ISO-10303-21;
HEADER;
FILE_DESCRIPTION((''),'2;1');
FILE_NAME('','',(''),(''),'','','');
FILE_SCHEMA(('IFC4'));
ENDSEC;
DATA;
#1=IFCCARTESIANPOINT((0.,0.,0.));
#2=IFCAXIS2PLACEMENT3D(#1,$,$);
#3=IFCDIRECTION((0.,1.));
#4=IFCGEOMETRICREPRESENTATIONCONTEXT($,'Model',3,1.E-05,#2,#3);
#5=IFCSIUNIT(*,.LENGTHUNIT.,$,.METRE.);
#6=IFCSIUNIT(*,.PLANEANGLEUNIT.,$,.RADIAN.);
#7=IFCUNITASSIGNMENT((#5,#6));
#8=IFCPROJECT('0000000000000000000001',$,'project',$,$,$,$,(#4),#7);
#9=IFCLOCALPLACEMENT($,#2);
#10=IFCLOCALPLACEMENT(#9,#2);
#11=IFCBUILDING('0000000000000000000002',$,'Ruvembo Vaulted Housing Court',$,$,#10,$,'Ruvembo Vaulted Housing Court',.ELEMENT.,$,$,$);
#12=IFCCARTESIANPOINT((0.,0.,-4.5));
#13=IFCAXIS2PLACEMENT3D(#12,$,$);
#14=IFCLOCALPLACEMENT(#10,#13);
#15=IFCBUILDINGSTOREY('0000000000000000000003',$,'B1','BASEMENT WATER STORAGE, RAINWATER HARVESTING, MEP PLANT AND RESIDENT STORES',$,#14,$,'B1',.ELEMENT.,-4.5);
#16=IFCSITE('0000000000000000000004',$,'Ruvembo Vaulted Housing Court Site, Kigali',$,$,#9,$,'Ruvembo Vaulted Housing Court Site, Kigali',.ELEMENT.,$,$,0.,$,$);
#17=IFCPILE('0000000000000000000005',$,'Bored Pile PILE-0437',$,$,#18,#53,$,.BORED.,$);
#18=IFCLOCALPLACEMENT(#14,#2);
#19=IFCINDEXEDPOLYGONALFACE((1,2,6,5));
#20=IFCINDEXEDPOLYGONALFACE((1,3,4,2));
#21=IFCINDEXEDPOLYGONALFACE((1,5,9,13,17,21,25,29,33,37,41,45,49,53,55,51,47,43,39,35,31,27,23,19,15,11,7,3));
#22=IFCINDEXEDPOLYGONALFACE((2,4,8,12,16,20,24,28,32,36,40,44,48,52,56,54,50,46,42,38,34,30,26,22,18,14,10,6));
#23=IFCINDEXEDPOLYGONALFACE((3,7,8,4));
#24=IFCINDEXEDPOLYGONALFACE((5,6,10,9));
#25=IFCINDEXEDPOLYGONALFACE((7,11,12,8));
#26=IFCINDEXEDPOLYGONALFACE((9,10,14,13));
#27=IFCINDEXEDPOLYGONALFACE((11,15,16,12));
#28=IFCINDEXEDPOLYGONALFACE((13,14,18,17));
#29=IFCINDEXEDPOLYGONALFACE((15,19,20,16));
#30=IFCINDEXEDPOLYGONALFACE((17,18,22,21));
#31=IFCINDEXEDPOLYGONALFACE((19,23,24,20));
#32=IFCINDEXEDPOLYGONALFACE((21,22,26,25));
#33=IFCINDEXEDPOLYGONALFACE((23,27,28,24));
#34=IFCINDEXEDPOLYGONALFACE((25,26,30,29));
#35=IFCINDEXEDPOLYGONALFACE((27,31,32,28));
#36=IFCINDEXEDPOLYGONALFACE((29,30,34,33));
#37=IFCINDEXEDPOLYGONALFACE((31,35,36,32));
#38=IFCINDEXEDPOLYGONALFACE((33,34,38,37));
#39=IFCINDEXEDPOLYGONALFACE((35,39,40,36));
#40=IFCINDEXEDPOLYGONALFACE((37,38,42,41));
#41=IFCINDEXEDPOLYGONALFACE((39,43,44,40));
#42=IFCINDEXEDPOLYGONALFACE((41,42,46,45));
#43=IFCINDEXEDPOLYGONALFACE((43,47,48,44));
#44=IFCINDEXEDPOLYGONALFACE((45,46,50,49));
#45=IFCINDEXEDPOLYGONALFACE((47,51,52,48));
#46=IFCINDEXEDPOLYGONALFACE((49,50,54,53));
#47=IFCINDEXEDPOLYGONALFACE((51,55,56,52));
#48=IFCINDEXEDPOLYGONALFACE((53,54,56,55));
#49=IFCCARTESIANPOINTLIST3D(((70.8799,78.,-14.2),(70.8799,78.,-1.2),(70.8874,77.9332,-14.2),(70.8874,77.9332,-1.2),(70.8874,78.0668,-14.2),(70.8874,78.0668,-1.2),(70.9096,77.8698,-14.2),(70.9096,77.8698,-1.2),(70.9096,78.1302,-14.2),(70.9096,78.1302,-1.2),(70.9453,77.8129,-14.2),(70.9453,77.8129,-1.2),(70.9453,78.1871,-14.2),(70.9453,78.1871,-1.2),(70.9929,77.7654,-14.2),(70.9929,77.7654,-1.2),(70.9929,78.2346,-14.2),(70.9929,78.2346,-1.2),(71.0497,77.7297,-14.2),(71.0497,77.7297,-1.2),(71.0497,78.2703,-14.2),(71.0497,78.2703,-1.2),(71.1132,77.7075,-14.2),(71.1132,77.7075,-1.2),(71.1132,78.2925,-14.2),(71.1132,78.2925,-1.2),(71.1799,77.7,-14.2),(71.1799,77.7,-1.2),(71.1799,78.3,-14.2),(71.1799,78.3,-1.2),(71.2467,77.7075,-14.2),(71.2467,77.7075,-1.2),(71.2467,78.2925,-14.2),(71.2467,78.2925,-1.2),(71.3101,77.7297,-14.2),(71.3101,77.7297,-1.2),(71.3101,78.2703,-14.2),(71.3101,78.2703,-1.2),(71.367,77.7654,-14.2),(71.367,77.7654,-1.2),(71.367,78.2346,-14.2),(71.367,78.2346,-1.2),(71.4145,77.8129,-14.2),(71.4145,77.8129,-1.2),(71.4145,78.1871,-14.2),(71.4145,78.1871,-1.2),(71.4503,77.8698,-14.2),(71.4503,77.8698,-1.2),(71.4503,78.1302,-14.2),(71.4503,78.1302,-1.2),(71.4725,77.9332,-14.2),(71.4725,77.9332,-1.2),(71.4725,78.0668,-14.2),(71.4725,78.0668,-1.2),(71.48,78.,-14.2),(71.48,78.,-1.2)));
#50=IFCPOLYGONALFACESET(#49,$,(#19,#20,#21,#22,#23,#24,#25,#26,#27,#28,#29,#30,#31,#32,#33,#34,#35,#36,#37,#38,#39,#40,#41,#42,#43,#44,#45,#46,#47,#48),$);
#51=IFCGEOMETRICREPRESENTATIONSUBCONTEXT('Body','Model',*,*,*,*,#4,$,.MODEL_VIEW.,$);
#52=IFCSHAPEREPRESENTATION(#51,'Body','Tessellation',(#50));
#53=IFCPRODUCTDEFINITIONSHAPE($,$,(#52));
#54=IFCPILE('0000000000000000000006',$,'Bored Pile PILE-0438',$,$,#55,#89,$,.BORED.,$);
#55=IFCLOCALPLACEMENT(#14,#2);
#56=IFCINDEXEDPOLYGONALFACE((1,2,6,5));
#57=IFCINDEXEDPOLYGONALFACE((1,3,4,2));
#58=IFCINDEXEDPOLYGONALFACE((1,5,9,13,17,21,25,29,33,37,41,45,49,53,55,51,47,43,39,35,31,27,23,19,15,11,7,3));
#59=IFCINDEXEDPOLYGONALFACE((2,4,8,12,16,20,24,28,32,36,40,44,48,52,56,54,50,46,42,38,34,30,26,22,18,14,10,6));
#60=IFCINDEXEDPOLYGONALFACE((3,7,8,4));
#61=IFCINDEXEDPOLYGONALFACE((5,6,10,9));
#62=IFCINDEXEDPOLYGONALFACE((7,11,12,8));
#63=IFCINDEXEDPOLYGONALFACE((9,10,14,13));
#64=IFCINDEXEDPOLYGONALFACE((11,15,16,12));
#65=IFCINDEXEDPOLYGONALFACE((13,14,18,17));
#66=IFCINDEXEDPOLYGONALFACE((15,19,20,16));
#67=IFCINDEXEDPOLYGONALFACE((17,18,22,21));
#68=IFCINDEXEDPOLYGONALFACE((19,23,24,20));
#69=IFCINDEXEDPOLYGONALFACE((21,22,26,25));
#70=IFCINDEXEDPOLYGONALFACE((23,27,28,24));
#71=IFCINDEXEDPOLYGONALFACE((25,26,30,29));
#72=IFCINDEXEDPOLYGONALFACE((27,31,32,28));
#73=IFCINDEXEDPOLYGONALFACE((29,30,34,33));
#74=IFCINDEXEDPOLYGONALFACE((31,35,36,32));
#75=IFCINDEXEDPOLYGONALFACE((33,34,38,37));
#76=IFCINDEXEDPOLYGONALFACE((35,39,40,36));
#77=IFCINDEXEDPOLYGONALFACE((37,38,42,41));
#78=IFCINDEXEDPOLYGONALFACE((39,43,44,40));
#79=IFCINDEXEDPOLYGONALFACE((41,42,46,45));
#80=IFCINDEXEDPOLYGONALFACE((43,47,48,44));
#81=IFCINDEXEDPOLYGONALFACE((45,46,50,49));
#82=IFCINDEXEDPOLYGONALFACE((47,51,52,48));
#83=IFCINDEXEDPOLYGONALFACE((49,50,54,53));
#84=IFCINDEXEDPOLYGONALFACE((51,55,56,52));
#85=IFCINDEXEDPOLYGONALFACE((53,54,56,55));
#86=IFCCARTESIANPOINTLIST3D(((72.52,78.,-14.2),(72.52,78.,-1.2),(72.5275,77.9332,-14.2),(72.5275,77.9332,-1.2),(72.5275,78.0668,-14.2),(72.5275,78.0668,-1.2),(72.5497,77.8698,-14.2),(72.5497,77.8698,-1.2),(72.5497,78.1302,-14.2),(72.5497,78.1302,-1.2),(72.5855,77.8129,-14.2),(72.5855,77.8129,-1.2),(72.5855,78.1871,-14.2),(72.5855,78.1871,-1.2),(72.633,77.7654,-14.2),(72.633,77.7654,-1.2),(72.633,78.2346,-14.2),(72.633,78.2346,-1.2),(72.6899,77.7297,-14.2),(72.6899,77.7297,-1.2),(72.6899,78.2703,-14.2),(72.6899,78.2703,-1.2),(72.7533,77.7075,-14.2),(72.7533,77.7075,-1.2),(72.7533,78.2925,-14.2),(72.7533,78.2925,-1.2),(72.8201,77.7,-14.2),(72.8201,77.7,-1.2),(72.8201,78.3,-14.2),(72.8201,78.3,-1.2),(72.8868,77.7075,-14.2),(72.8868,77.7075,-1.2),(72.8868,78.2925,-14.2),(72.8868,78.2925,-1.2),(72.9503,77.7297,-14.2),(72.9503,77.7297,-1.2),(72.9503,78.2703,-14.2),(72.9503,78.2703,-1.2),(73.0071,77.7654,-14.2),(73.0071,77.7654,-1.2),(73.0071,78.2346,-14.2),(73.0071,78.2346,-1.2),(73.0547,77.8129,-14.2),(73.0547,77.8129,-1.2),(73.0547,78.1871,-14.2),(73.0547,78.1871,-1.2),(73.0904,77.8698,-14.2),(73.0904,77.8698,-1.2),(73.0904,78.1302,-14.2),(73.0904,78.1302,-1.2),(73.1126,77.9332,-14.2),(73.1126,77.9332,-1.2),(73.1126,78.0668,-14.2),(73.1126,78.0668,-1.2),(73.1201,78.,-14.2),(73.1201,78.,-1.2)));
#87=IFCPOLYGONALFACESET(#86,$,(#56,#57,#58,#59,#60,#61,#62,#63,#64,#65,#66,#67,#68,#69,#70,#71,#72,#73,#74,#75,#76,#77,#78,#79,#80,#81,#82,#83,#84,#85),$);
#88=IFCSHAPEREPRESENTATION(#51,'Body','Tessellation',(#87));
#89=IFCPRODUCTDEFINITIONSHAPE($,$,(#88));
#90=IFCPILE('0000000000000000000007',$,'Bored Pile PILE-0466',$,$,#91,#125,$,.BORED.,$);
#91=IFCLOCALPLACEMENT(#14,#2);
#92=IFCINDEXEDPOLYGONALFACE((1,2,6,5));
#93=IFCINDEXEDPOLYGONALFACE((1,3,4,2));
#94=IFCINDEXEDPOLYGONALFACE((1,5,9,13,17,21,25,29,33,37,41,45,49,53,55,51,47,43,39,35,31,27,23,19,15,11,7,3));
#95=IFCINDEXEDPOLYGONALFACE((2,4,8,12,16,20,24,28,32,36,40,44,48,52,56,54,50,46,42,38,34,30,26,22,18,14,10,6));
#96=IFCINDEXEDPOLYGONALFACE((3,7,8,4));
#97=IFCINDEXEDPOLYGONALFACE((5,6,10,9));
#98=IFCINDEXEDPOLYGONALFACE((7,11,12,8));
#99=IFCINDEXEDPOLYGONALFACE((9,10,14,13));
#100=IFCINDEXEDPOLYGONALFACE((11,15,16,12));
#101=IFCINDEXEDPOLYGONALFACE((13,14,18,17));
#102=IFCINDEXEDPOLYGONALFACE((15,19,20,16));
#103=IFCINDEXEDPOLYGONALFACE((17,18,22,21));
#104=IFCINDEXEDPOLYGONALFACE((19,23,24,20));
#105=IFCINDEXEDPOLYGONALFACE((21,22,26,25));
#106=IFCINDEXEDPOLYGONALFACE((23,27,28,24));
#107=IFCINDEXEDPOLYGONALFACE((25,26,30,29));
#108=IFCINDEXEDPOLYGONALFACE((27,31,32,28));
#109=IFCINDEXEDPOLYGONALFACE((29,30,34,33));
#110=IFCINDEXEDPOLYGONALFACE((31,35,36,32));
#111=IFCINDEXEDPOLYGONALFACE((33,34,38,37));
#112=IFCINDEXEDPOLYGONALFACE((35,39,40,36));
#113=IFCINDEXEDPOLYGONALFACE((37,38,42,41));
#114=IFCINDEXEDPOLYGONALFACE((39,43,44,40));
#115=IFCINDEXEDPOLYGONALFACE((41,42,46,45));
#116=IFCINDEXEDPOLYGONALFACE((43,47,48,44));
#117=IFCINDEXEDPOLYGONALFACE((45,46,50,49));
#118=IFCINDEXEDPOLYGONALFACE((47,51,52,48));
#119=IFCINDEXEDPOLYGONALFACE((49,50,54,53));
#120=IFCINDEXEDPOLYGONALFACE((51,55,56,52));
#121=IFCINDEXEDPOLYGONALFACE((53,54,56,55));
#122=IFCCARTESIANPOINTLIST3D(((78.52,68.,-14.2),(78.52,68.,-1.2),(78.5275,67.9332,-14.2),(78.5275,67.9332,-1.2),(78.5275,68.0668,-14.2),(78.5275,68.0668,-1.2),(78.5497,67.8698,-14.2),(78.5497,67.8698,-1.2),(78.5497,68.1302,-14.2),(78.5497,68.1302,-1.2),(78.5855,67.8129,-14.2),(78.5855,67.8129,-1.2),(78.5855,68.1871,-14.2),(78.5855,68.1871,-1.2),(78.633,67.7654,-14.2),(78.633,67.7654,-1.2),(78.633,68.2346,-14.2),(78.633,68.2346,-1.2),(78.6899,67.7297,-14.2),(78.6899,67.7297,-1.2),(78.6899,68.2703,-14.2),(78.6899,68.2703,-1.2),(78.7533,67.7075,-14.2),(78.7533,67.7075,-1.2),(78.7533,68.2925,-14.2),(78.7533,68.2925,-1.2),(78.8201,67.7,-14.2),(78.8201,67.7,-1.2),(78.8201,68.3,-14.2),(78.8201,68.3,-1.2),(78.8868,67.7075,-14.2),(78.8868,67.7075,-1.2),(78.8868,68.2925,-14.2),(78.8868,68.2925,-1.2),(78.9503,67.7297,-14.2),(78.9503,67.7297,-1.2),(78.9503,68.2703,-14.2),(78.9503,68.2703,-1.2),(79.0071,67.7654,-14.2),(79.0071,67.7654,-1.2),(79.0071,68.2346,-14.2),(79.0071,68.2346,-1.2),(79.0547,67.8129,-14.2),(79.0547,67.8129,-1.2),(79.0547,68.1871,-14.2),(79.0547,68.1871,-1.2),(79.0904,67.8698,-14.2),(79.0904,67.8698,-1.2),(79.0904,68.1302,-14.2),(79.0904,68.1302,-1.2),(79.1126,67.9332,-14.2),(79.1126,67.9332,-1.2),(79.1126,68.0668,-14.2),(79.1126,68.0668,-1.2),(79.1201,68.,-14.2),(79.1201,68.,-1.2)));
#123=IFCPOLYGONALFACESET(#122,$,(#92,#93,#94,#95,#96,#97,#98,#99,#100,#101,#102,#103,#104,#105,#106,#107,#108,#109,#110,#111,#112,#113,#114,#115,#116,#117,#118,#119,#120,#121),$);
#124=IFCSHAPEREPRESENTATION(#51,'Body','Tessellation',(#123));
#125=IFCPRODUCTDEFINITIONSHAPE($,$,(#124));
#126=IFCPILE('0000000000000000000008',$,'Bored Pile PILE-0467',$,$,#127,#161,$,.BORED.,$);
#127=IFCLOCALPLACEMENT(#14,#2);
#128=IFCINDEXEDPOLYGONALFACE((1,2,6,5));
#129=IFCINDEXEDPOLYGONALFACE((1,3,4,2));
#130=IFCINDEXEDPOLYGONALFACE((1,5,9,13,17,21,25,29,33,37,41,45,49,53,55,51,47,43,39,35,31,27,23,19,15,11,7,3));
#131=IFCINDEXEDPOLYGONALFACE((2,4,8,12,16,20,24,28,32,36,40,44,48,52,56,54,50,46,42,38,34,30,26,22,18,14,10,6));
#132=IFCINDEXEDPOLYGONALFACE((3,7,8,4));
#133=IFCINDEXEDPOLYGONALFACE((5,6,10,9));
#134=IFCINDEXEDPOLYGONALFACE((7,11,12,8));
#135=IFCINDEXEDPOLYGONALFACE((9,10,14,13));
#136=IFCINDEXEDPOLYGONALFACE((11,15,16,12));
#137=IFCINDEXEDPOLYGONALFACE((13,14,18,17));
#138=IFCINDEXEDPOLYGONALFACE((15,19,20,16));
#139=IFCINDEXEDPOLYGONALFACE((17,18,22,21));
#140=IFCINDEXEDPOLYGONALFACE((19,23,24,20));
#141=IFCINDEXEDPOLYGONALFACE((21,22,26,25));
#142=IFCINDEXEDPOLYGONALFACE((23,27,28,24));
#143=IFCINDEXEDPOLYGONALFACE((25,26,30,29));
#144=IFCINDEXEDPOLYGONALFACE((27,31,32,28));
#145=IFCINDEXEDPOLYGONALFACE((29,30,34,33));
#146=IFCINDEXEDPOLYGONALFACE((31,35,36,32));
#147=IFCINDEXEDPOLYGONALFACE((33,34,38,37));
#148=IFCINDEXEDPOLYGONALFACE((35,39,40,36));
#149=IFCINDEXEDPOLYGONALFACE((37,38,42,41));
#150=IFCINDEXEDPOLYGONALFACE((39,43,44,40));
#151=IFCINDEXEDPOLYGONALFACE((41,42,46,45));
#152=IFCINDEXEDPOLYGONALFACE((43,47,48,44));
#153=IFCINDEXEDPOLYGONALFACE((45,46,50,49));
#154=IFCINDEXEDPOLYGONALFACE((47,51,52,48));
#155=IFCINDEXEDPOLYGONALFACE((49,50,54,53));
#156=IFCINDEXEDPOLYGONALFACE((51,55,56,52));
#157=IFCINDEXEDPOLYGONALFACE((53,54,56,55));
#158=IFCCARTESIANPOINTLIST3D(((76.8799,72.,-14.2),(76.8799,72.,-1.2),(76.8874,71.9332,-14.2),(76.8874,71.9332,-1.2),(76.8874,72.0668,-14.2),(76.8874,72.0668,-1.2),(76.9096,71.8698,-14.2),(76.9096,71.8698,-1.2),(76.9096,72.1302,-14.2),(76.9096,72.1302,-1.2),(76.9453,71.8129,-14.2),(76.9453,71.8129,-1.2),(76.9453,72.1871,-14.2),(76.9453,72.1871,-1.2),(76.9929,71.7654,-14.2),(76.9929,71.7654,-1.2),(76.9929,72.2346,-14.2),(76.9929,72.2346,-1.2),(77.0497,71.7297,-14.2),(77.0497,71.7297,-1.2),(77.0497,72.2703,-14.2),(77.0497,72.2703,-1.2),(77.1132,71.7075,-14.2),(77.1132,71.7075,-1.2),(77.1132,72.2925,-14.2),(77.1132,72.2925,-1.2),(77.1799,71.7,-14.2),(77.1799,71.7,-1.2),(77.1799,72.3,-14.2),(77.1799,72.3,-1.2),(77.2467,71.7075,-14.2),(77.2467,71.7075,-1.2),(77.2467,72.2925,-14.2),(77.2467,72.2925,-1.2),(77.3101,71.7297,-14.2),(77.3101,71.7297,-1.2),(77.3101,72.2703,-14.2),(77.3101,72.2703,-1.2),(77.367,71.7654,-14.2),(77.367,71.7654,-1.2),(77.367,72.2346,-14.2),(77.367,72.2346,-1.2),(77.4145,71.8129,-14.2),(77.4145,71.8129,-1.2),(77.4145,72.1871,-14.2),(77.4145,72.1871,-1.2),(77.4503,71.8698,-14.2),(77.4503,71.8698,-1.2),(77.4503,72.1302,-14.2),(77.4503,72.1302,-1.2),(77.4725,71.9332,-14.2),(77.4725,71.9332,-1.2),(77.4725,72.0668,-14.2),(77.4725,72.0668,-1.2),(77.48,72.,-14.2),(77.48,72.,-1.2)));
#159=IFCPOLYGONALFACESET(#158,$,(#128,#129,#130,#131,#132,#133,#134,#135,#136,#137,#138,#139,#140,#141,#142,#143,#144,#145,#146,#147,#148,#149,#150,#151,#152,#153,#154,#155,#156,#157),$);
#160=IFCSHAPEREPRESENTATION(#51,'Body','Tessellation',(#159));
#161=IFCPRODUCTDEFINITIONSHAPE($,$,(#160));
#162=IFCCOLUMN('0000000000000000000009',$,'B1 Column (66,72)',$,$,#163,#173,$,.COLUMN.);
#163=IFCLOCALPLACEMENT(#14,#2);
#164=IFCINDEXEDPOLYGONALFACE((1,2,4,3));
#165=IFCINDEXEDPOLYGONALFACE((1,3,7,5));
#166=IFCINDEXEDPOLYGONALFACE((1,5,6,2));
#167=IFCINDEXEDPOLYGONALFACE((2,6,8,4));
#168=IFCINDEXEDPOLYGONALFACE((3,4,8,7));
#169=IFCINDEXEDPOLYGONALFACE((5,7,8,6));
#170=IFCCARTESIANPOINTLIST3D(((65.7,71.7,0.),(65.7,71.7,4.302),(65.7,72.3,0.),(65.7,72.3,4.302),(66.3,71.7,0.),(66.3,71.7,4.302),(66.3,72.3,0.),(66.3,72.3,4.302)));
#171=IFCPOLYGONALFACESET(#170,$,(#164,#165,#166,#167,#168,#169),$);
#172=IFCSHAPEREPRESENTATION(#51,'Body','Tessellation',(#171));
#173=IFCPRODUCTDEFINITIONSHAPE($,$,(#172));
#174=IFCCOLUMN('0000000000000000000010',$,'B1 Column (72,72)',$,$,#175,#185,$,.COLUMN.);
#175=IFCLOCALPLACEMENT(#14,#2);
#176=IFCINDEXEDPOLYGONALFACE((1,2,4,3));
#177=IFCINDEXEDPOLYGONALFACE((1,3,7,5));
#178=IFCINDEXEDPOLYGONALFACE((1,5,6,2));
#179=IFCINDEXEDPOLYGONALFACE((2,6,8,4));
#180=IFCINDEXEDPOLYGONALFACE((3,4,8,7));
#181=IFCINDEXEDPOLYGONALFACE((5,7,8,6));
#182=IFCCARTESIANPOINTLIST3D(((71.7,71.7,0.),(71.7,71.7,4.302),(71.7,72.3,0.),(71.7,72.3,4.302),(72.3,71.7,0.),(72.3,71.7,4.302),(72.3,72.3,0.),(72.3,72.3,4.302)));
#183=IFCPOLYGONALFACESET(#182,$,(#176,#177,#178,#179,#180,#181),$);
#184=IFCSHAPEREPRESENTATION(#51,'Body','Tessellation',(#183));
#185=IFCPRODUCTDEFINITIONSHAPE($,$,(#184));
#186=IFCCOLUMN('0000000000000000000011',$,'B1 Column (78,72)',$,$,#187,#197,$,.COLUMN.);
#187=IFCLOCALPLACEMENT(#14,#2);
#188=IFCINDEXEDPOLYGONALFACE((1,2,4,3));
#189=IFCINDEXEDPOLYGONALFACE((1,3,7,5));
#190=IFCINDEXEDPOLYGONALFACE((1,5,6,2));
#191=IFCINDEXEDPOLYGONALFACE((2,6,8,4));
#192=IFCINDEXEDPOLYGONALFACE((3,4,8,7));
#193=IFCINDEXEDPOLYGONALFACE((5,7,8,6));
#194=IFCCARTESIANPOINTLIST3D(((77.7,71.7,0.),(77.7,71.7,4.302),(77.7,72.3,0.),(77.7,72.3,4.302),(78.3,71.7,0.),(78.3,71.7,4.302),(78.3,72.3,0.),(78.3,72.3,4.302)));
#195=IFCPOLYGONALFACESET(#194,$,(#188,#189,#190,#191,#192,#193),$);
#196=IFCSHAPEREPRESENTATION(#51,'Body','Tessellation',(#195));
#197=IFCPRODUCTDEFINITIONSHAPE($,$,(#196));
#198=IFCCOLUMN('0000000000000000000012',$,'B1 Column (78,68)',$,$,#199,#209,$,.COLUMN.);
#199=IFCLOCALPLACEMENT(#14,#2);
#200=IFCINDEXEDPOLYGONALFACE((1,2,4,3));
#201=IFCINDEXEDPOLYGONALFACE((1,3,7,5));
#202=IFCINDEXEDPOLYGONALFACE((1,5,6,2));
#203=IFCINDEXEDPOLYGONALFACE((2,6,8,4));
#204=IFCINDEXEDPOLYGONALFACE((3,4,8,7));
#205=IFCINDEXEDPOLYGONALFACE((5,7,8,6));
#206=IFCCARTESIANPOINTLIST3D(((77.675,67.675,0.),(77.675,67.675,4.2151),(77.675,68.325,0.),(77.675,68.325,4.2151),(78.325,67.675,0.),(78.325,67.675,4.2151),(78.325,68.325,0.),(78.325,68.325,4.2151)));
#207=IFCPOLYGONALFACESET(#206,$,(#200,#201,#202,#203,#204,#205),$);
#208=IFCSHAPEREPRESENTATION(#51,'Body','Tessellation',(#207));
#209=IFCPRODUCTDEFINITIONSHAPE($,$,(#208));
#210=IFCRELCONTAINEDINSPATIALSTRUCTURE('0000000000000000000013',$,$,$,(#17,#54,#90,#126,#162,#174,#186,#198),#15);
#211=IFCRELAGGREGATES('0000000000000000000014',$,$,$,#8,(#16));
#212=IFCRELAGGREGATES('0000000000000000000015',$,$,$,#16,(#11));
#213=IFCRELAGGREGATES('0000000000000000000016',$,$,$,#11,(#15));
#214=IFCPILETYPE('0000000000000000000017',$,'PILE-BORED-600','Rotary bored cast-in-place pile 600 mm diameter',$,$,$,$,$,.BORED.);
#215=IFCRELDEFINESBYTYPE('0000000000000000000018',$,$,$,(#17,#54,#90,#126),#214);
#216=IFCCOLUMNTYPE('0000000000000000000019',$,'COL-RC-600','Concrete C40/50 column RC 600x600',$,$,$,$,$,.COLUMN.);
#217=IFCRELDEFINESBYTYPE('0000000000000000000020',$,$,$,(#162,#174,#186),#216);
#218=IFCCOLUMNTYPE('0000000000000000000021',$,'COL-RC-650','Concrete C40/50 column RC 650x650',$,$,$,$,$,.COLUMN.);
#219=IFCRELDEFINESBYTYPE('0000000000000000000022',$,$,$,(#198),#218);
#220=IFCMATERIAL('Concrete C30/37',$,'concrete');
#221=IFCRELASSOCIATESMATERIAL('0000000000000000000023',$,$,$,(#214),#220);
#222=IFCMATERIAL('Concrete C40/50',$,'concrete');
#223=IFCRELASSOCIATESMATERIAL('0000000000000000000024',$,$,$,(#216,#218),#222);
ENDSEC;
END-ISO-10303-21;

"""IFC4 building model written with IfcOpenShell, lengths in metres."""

from ifc_helpers import new_model, si_unit, direction, frame, origin, origin_2d, place, context, subcontext, project, spatial, rectangle, circle, extrude, material, material_profile, profile_set, type_object, element, save


model = new_model("IFC4")

# Units and contexts
model_context = context("Model", 3, precision=1e-05, world=origin(), true_north=direction((0.0, 1.0)))
body_context = subcontext(model_context, "Body", "Model", "MODEL_VIEW")
ifc_project = project(units=[si_unit("LENGTHUNIT", "METRE"), si_unit("PLANEANGLEUNIT", "RADIAN")], contexts=[model_context])

# Site, building, storey
site_placement = place(None, origin())
site = spatial("IfcSite", under=ifc_project, at=site_placement, Name="Ruvembo Vaulted Housing Court Site, Kigali", LongName="Ruvembo Vaulted Housing Court Site, Kigali", CompositionType="ELEMENT", RefElevation=0.0)
building_placement = place(site_placement, origin())
building = spatial("IfcBuilding", under=site, at=building_placement, Name="Ruvembo Vaulted Housing Court", LongName="Ruvembo Vaulted Housing Court", CompositionType="ELEMENT")
storey_placement = place(building_placement, frame((0.0, 0.0, -4.5)))
storey = spatial("IfcBuildingStorey", under=building, at=storey_placement, Name="B1", Description="BASEMENT WATER STORAGE, RAINWATER HARVESTING, MEP PLANT AND RESIDENT STORES", LongName="B1", CompositionType="ELEMENT", Elevation=-4.5)

# Piles
ifc_material_1 = material(Name="Concrete C30/37", Category="concrete")
ifc_material_profile_1 = material_profile(ifc_material_1, circle(Radius=0.3, at=origin_2d()), Name="PILE D600")
ifc_profile_set_1 = profile_set([ifc_material_profile_1], Name="Concrete C30/37")
pile_type = type_object("IfcPileType", Name="PILE-BORED-600", Description="Rotary bored cast-in-place pile 600 mm diameter", PredefinedType="BORED", material=ifc_profile_set_1)
for number, where, z_axis, x_axis, name in (
    (1, (71.1799, 78.0, -1.2), (0.0, 0.0, -1.0), (1.0, 0.0, 0.0), "Bored Pile PILE-0437"),
    (2, (72.8201, 78.0, -1.2), (0.0, 0.0, -1.0), (1.0, 0.0, 0.0), "Bored Pile PILE-0438"),
    (3, (78.8201, 68.0, -1.2), (0.0, 0.0, -1.0), (1.0, 0.0, 0.0), "Bored Pile PILE-0466"),
    (4, (77.1799, 72.0, -1.2), (0.0, 0.0, -1.0), (1.0, 0.0, 0.0), "Bored Pile PILE-0467"),
):
    element("IfcPile", number, at=place(storey_placement, frame(where, z_axis=z_axis, x_axis=x_axis)), inside=storey, type_object=pile_type, Name=name, PredefinedType="BORED", context=body_context, shape_type="SweptSolid", body=[
        extrude(circle(Radius=0.3, at=origin_2d()), origin(), (0.0, 0.0, 1.0), 13.0),
    ])

# Columns
ifc_material_2 = material(Name="Concrete C40/50", Category="concrete")
ifc_material_profile_2 = material_profile(ifc_material_2, rectangle(XDim=0.6001, YDim=0.6001, at=origin_2d()), Name="RC 600x600")
ifc_profile_set_2 = profile_set([ifc_material_profile_2], Name="Concrete C40/50")
column_type_1 = type_object("IfcColumnType", Name="COL-RC-600", Description="Concrete C40/50 column RC 600x600", PredefinedType="COLUMN", material=ifc_profile_set_2)
for number, where, z_axis, x_axis, name in (
    (5, (66.0, 72.0, 0.0), (0.0, 0.0, 1.0), (1.0, 0.0, 0.0), "B1 Column (66,72)"),
    (6, (72.0, 72.0, 0.0), (0.0, 0.0, 1.0), (1.0, 0.0, 0.0), "B1 Column (72,72)"),
    (7, (78.0, 72.0, 0.0), (0.0, 0.0, 1.0), (1.0, 0.0, 0.0), "B1 Column (78,72)"),
):
    element("IfcColumn", number, at=place(storey_placement, frame(where, z_axis=z_axis, x_axis=x_axis)), inside=storey, type_object=column_type_1, Name=name, PredefinedType="COLUMN", context=body_context, shape_type="SweptSolid", body=[
        extrude(rectangle(XDim=0.6001, YDim=0.6001, at=origin_2d()), origin(), (0.0, 0.0, 1.0), 4.302),
    ])
ifc_material_profile_3 = material_profile(ifc_material_2, rectangle(XDim=0.6499, YDim=0.6499, at=origin_2d()), Name="RC 650x650")
ifc_profile_set_3 = profile_set([ifc_material_profile_3], Name="Concrete C40/50")
column_type_2 = type_object("IfcColumnType", Name="COL-RC-650", Description="Concrete C40/50 column RC 650x650", PredefinedType="COLUMN", material=ifc_profile_set_3)
column_placement = place(storey_placement, frame((78.0, 68.0, 0.0), z_axis=(0.0, 0.0, 1.0), x_axis=(1.0, 0.0, 0.0)))
element("IfcColumn", 8, at=column_placement, inside=storey, type_object=column_type_2, Name="B1 Column (78,68)", PredefinedType="COLUMN", context=body_context, shape_type="SweptSolid", body=[
    extrude(rectangle(XDim=0.6499, YDim=0.6499, at=origin_2d()), origin(), (0.0, 0.0, 1.0), 4.2151),
])

save(model, "model.ifc")
